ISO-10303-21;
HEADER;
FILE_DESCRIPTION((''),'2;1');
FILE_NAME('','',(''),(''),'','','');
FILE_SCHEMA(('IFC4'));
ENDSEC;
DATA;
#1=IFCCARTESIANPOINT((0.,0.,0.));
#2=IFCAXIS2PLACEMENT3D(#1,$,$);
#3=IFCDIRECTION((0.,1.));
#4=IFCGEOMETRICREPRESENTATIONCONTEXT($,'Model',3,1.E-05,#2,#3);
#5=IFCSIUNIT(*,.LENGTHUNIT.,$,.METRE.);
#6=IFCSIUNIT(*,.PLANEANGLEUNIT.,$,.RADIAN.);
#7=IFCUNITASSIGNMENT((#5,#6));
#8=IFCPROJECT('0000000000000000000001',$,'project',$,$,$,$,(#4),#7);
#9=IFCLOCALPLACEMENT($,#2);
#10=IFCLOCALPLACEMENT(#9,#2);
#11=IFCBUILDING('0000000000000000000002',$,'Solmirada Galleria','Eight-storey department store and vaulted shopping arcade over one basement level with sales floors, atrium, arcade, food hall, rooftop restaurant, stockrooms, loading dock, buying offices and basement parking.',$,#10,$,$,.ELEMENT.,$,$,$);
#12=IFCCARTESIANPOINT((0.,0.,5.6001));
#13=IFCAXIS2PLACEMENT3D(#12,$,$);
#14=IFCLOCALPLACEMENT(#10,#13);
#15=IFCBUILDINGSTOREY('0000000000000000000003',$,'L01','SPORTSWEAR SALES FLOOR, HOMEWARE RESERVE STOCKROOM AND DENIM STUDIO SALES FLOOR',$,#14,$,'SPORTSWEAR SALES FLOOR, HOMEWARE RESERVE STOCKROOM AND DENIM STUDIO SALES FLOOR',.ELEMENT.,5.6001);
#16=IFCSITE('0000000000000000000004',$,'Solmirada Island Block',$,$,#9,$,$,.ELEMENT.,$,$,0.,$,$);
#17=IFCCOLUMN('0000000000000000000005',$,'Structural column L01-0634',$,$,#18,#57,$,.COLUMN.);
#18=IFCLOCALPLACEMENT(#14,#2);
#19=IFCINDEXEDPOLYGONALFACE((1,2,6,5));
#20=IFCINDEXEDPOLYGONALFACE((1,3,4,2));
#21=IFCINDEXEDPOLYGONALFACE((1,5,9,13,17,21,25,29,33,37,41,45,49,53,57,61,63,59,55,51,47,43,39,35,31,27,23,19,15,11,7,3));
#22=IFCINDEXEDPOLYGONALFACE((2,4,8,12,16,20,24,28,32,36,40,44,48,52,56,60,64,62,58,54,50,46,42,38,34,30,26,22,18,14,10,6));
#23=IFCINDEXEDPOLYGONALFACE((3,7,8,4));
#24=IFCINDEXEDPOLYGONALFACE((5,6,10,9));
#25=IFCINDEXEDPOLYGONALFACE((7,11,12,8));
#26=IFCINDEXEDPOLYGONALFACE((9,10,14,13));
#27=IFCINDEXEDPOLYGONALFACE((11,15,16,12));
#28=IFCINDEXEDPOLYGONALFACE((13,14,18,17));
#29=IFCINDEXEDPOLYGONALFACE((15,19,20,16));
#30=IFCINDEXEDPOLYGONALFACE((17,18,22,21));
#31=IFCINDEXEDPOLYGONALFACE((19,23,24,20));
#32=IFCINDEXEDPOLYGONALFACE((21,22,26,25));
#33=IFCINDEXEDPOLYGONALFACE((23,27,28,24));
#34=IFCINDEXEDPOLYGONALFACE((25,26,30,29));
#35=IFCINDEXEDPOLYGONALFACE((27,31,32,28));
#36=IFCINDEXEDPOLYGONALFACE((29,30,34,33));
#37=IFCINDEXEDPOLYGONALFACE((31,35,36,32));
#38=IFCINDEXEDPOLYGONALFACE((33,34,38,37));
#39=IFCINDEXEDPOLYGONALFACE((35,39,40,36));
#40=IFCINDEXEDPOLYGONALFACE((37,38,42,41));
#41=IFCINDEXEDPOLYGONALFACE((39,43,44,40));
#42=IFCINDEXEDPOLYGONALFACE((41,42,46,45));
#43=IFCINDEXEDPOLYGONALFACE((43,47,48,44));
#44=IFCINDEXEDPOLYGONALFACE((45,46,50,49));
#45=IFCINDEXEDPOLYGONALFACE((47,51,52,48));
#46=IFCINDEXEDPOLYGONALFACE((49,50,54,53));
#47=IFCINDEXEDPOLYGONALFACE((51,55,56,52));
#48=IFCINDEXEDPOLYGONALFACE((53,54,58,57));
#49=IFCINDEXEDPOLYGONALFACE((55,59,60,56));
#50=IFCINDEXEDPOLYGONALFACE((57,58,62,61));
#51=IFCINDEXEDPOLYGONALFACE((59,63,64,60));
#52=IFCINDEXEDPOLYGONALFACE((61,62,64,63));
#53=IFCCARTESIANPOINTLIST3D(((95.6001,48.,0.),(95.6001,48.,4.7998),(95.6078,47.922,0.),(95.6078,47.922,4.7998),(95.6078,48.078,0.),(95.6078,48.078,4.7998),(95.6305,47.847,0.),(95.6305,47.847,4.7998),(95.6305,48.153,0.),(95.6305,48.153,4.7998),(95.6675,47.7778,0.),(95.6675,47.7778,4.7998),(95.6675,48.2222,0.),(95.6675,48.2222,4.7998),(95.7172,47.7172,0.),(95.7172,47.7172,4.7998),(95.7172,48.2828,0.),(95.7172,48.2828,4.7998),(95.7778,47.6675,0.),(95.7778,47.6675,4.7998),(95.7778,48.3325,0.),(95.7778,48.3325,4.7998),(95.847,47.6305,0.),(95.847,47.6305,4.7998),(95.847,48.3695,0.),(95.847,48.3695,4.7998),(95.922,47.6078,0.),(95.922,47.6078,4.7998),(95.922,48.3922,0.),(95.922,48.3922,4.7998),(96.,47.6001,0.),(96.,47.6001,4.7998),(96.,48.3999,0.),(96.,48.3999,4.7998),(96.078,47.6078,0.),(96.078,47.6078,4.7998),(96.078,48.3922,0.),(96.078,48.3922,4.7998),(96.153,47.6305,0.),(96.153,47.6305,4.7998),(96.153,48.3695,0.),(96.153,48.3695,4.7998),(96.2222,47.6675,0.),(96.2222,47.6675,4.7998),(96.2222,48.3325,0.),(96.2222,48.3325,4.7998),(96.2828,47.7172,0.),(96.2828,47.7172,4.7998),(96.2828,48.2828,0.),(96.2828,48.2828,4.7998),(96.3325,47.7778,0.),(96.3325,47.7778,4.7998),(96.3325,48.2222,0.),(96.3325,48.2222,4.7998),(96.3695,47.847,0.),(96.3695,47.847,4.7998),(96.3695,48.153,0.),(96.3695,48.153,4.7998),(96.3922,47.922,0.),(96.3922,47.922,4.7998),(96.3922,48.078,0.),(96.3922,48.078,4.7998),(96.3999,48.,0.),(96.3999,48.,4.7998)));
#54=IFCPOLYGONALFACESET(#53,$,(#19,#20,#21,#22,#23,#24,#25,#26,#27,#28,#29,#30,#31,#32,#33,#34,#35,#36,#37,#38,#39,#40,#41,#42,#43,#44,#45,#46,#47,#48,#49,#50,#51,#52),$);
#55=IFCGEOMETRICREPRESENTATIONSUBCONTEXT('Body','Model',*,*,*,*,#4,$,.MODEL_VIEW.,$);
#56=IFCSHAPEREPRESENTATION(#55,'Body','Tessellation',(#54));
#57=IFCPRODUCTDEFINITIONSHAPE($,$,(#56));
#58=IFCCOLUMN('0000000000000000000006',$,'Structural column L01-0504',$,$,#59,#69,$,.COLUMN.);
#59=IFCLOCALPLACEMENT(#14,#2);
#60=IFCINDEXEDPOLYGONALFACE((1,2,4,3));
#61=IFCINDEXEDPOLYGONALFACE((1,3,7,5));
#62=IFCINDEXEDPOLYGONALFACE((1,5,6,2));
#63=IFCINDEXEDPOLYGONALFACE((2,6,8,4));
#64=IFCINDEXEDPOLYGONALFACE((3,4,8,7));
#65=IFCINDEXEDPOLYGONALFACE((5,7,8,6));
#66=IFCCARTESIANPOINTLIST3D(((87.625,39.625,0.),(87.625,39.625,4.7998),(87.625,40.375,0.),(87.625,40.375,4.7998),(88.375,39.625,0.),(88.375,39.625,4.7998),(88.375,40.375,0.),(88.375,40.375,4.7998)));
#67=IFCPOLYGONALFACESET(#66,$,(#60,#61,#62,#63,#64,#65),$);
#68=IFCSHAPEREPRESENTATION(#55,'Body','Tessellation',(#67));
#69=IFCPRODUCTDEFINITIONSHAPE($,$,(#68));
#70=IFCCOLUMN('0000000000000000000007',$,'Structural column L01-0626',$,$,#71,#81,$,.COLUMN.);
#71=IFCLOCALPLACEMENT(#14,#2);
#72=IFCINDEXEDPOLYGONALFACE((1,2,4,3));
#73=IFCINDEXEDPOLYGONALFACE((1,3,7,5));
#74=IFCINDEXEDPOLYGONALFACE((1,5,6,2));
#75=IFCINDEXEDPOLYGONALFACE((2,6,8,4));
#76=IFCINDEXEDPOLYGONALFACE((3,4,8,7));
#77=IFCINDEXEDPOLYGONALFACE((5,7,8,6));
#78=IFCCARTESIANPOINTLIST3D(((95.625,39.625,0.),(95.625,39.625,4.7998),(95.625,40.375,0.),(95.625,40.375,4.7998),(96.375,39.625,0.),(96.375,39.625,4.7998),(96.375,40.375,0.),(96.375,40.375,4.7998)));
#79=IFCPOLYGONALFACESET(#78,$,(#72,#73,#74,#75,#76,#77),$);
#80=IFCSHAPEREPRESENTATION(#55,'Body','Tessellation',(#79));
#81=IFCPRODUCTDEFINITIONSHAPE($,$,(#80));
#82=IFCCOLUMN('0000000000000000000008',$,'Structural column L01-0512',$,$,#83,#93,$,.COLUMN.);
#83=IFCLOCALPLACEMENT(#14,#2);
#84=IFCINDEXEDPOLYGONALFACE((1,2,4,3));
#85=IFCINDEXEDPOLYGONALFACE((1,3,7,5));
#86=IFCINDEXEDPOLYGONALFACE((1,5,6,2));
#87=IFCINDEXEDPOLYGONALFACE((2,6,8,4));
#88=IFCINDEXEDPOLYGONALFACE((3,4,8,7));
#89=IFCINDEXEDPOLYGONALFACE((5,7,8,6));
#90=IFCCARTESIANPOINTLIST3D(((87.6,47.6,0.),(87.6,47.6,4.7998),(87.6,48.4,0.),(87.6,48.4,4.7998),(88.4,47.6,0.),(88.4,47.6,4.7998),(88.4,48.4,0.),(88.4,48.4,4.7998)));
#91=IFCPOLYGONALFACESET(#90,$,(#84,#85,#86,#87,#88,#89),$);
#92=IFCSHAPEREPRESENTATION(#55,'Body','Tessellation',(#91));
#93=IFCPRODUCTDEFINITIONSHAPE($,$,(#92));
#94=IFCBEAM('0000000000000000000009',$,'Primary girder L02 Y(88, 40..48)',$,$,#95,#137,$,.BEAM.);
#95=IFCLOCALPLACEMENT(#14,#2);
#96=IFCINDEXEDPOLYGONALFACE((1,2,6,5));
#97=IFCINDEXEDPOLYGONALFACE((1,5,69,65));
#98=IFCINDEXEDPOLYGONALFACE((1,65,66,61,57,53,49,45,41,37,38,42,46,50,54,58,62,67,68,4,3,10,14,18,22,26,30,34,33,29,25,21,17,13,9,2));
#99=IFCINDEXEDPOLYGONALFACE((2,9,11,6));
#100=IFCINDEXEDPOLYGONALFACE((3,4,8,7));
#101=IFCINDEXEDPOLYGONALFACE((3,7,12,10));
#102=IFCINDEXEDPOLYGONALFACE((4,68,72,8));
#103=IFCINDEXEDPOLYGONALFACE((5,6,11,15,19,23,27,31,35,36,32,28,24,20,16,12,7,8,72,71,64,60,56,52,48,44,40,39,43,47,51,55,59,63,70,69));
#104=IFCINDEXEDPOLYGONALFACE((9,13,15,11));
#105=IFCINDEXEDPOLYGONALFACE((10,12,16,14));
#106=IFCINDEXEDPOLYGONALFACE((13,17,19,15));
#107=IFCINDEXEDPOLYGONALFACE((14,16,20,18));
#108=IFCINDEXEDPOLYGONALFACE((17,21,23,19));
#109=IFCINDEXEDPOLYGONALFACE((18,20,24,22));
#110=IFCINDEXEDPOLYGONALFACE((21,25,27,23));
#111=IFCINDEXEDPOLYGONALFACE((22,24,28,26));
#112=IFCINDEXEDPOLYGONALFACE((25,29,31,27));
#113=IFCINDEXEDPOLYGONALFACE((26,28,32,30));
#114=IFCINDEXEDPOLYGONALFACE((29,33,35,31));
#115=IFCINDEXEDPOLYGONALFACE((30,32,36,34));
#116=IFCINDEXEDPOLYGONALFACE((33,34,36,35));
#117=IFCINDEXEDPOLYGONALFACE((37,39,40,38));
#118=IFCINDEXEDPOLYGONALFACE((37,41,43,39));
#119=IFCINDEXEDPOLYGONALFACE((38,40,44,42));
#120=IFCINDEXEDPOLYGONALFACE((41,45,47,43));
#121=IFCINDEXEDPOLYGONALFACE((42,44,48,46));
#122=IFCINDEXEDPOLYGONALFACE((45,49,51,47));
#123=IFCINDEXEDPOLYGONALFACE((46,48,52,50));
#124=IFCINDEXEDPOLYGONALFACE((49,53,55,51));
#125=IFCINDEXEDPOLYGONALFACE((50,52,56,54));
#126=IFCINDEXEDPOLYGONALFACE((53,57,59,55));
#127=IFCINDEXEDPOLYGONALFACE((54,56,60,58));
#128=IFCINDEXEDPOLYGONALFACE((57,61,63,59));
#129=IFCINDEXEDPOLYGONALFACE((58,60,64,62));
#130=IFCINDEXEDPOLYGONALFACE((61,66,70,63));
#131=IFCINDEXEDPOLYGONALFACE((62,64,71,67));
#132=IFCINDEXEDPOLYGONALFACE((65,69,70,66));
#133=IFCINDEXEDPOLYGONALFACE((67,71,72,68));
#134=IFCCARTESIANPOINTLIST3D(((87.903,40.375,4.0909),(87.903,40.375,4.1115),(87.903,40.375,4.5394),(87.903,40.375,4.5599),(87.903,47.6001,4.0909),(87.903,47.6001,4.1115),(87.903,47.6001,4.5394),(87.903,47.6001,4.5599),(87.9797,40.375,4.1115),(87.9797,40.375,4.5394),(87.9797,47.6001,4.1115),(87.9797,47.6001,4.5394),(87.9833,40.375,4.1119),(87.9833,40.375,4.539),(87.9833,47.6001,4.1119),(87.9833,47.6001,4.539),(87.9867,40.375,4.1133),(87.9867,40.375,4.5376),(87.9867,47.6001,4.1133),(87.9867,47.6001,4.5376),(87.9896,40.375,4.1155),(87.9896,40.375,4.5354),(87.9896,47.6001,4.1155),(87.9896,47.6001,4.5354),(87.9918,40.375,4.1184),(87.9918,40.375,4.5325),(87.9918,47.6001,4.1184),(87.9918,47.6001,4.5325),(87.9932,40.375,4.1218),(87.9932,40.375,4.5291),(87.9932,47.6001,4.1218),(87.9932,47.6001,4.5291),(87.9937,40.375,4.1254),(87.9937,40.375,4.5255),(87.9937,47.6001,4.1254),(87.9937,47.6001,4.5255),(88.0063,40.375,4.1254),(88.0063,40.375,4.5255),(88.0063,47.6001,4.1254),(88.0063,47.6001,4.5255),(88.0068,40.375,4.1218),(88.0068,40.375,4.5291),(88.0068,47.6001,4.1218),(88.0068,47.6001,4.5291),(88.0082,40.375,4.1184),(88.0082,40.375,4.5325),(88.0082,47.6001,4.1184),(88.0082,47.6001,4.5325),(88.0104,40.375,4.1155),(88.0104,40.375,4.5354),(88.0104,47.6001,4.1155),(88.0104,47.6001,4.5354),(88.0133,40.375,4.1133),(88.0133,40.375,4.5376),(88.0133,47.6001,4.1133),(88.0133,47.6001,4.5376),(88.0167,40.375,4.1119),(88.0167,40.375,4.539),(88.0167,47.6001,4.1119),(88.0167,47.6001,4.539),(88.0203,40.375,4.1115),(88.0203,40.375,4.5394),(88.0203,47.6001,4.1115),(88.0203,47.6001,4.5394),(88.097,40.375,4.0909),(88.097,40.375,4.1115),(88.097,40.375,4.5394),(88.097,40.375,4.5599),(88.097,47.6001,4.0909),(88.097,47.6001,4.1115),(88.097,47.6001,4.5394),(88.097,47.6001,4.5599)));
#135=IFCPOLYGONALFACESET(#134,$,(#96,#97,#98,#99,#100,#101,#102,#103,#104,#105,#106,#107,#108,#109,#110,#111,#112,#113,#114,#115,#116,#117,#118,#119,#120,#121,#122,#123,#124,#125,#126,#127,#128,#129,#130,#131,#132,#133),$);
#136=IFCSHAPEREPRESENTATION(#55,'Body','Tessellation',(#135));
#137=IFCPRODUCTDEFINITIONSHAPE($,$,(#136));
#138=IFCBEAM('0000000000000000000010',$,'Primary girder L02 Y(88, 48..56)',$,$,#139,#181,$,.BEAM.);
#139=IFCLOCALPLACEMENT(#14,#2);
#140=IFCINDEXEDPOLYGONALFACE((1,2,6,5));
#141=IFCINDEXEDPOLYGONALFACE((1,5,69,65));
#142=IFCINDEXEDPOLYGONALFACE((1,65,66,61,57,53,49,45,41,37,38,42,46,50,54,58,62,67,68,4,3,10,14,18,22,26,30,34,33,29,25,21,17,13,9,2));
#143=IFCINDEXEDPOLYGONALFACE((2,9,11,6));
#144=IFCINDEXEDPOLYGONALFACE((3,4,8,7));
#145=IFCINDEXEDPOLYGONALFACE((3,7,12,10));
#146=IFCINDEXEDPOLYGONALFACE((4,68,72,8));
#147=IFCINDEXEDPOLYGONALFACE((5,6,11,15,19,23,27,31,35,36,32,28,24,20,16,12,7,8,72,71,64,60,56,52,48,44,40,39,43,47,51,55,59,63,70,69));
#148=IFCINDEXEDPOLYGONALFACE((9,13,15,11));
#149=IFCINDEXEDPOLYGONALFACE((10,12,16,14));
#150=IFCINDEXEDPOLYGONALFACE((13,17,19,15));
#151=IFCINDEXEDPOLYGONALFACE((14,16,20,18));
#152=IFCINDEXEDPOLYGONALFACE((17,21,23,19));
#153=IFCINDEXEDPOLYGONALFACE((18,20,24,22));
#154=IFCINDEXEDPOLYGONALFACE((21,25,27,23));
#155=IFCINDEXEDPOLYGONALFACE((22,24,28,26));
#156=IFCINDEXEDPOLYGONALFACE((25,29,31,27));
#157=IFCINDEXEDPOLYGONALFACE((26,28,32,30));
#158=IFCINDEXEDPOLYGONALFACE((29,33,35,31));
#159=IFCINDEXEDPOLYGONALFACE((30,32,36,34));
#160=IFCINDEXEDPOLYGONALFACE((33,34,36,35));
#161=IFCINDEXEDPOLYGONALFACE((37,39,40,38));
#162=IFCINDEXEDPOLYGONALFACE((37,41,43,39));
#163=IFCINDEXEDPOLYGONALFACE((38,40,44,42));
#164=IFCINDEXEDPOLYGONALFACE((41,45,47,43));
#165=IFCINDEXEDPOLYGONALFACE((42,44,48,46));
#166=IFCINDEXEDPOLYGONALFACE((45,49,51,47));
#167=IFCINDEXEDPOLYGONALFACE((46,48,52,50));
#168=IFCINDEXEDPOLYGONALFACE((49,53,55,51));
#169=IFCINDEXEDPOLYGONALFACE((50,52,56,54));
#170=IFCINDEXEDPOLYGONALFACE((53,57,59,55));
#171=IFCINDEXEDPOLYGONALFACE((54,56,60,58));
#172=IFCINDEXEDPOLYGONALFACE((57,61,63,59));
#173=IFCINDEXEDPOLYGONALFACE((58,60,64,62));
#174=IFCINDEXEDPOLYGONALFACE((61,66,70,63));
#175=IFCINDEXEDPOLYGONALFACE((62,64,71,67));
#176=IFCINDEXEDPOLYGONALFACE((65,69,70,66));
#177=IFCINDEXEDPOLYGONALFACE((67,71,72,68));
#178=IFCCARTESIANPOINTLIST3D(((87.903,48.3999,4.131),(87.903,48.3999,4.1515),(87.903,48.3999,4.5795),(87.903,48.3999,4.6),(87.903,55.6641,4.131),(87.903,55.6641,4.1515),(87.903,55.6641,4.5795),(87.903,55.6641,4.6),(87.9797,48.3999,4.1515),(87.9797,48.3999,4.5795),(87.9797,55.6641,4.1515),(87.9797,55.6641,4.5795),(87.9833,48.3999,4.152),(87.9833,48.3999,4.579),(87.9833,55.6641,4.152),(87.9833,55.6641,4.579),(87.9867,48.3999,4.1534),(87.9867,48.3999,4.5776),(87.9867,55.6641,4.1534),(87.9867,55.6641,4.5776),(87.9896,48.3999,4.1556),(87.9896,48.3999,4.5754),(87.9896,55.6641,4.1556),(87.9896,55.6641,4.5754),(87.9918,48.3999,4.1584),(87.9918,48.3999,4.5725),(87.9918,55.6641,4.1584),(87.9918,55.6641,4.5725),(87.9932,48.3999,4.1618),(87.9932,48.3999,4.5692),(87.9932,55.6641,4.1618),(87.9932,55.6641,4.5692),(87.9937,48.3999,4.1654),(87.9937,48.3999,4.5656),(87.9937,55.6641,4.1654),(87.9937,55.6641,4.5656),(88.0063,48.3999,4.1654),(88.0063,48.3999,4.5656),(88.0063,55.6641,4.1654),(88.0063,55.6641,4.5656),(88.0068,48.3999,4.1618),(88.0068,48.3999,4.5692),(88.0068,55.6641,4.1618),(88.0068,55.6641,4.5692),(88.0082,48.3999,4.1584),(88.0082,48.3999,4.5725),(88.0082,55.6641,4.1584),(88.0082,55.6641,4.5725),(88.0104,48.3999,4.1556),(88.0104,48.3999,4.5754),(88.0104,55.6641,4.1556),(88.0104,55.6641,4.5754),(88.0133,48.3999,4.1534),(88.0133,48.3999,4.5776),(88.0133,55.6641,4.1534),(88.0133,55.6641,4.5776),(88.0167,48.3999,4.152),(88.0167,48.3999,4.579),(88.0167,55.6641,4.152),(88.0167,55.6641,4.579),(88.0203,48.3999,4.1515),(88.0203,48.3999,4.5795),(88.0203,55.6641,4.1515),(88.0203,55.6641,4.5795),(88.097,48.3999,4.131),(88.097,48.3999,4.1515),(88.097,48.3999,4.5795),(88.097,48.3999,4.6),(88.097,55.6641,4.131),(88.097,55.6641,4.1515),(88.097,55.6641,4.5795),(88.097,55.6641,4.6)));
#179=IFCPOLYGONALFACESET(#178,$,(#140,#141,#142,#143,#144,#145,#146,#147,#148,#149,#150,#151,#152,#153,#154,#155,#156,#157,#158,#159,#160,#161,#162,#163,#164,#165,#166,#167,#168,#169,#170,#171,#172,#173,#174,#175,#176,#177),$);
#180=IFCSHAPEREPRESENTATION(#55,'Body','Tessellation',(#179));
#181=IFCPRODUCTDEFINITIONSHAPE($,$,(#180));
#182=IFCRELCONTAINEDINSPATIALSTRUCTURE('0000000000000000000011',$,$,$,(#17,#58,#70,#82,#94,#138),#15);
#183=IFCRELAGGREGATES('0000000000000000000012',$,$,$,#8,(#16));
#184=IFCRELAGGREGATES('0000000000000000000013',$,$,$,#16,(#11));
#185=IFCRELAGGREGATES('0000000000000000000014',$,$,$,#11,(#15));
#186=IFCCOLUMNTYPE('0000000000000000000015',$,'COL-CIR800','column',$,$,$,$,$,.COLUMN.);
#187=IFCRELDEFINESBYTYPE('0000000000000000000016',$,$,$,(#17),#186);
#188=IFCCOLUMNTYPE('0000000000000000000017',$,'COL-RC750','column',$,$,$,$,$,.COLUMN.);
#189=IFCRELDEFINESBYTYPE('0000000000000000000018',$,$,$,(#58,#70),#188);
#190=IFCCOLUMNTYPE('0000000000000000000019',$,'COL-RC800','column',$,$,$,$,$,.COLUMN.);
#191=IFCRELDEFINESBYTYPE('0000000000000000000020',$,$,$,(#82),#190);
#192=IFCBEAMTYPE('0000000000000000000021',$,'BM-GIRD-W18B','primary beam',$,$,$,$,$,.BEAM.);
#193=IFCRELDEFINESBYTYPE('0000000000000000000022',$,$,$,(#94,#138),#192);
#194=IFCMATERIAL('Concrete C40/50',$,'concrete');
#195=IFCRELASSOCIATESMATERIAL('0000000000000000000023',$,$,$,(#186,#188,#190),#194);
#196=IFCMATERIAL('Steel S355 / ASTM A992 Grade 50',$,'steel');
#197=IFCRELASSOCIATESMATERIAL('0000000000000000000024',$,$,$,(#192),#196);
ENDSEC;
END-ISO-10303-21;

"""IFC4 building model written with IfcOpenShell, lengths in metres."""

from ifc_helpers import new_model, si_unit, direction, frame, origin, origin_2d, place, context, subcontext, project, spatial, rectangle, circle, i_section, extrude, material, material_profile, profile_set, type_object, element, save


model = new_model("IFC4")

# Units and contexts
model_context = context("Model", 3, precision=1e-05, world=origin(), true_north=direction((0.0, 1.0)))
body_context = subcontext(model_context, "Body", "Model", "MODEL_VIEW")
ifc_project = project(units=[si_unit("LENGTHUNIT", "METRE"), si_unit("PLANEANGLEUNIT", "RADIAN")], contexts=[model_context])

# Site, building, storey
site_placement = place(None, origin())
site = spatial("IfcSite", under=ifc_project, at=site_placement, Name="Solmirada Island Block", CompositionType="ELEMENT", RefElevation=0.0)
building_placement = place(site_placement, origin())
building = spatial("IfcBuilding", under=site, at=building_placement, Name="Solmirada Galleria", Description="Eight-storey department store and vaulted shopping arcade over one basement level with sales floors, atrium, arcade, food hall, rooftop restaurant, stockrooms, loading dock, buying offices and basement parking.", CompositionType="ELEMENT")
storey_placement = place(building_placement, frame((0.0, 0.0, 5.6001)))
storey = spatial("IfcBuildingStorey", under=building, at=storey_placement, Name="L01", Description="SPORTSWEAR SALES FLOOR, HOMEWARE RESERVE STOCKROOM AND DENIM STUDIO SALES FLOOR", LongName="SPORTSWEAR SALES FLOOR, HOMEWARE RESERVE STOCKROOM AND DENIM STUDIO SALES FLOOR", CompositionType="ELEMENT", Elevation=5.6001)

# Columns
ifc_material_1 = material(Name="Concrete C40/50", Category="concrete")
ifc_material_profile_1 = material_profile(ifc_material_1, circle(Radius=0.3999, at=origin_2d()), Name="RCCOL800")
ifc_profile_set_1 = profile_set([ifc_material_profile_1], Name="Concrete C40/50")
column_type_1 = type_object("IfcColumnType", Name="COL-CIR800", Description="column", PredefinedType="COLUMN", material=ifc_profile_set_1)
column_1_placement = place(storey_placement, frame((96.0, 48.0, 0.0), z_axis=(0.0, 0.0, 1.0), x_axis=(1.0, 0.0, 0.0)))
element("IfcColumn", 1, at=column_1_placement, inside=storey, type_object=column_type_1, Name="Structural column L01-0634", PredefinedType="COLUMN", context=body_context, shape_type="SweptSolid", body=[
    extrude(circle(Radius=0.3999, at=origin_2d()), origin(), (0.0, 0.0, 1.0), 4.7998),
])
ifc_material_profile_2 = material_profile(ifc_material_1, rectangle(XDim=0.75, YDim=0.75, at=origin_2d()), Name="RC750X750")
ifc_profile_set_2 = profile_set([ifc_material_profile_2], Name="Concrete C40/50")
column_type_2 = type_object("IfcColumnType", Name="COL-RC750", Description="column", PredefinedType="COLUMN", material=ifc_profile_set_2)
for number, where, z_axis, x_axis, name in (
    (2, (88.0, 40.0, 0.0), (0.0, 0.0, 1.0), (1.0, 0.0, 0.0), "Structural column L01-0504"),
    (3, (96.0, 40.0, 0.0), (0.0, 0.0, 1.0), (1.0, 0.0, 0.0), "Structural column L01-0626"),
):
    element("IfcColumn", number, at=place(storey_placement, frame(where, z_axis=z_axis, x_axis=x_axis)), inside=storey, type_object=column_type_2, Name=name, PredefinedType="COLUMN", context=body_context, shape_type="SweptSolid", body=[
        extrude(rectangle(XDim=0.75, YDim=0.75, at=origin_2d()), origin(), (0.0, 0.0, 1.0), 4.7998),
    ])
ifc_material_profile_3 = material_profile(ifc_material_1, rectangle(XDim=0.8, YDim=0.8, at=origin_2d()), Name="RC800X800")
ifc_profile_set_3 = profile_set([ifc_material_profile_3], Name="Concrete C40/50")
column_type_3 = type_object("IfcColumnType", Name="COL-RC800", Description="column", PredefinedType="COLUMN", material=ifc_profile_set_3)
column_2_placement = place(storey_placement, frame((88.0, 48.0, 0.0), z_axis=(0.0, 0.0, 1.0), x_axis=(1.0, 0.0, 0.0)))
element("IfcColumn", 4, at=column_2_placement, inside=storey, type_object=column_type_3, Name="Structural column L01-0512", PredefinedType="COLUMN", context=body_context, shape_type="SweptSolid", body=[
    extrude(rectangle(XDim=0.8, YDim=0.8, at=origin_2d()), origin(), (0.0, 0.0, 1.0), 4.7998),
])

# Beams
ifc_material_2 = material(Name="Steel S355 / ASTM A992 Grade 50", Category="steel")
ifc_material_profile_4 = material_profile(ifc_material_2, i_section(OverallWidth=0.1941, OverallDepth=0.469, WebThickness=0.0127, FlangeThickness=0.0205, FilletRadius=0.0139, at=origin_2d()), Name="W18X71")
ifc_profile_set_4 = profile_set([ifc_material_profile_4], Name="Steel S355 / ASTM A992 Grade 50")
beam_type_1 = type_object("IfcBeamType", Name="BM-GIRD-W18B", Description="primary beam", PredefinedType="BEAM", material=ifc_profile_set_4)
beam_1_placement = place(storey_placement, frame((88.0, 40.375, 4.3254), z_axis=(0.0, 1.0, 0.0), x_axis=(-1.0, 0.0, 0.0)))
element("IfcBeam", 5, at=beam_1_placement, inside=storey, type_object=beam_type_1, Name="Primary girder L02 Y(88, 40..48)", PredefinedType="BEAM", context=body_context, shape_type="SweptSolid", body=[
    extrude(i_section(OverallWidth=0.1941, OverallDepth=0.469, WebThickness=0.0127, FlangeThickness=0.0205, FilletRadius=0.0139, at=origin_2d()), origin(), (0.0, 0.0, 1.0), 7.2251),
])
beam_2_placement = place(storey_placement, frame((88.0, 48.3999, 4.3655), z_axis=(0.0, 1.0, 0.0), x_axis=(-1.0, 0.0, 0.0)))
element("IfcBeam", 6, at=beam_2_placement, inside=storey, type_object=beam_type_1, Name="Primary girder L02 Y(88, 48..56)", PredefinedType="BEAM", context=body_context, shape_type="SweptSolid", body=[
    extrude(i_section(OverallWidth=0.1941, OverallDepth=0.469, WebThickness=0.0127, FlangeThickness=0.0205, FilletRadius=0.0139, at=origin_2d()), origin(), (0.0, 0.0, 1.0), 7.2642),
])

save(model, "model.ifc")
